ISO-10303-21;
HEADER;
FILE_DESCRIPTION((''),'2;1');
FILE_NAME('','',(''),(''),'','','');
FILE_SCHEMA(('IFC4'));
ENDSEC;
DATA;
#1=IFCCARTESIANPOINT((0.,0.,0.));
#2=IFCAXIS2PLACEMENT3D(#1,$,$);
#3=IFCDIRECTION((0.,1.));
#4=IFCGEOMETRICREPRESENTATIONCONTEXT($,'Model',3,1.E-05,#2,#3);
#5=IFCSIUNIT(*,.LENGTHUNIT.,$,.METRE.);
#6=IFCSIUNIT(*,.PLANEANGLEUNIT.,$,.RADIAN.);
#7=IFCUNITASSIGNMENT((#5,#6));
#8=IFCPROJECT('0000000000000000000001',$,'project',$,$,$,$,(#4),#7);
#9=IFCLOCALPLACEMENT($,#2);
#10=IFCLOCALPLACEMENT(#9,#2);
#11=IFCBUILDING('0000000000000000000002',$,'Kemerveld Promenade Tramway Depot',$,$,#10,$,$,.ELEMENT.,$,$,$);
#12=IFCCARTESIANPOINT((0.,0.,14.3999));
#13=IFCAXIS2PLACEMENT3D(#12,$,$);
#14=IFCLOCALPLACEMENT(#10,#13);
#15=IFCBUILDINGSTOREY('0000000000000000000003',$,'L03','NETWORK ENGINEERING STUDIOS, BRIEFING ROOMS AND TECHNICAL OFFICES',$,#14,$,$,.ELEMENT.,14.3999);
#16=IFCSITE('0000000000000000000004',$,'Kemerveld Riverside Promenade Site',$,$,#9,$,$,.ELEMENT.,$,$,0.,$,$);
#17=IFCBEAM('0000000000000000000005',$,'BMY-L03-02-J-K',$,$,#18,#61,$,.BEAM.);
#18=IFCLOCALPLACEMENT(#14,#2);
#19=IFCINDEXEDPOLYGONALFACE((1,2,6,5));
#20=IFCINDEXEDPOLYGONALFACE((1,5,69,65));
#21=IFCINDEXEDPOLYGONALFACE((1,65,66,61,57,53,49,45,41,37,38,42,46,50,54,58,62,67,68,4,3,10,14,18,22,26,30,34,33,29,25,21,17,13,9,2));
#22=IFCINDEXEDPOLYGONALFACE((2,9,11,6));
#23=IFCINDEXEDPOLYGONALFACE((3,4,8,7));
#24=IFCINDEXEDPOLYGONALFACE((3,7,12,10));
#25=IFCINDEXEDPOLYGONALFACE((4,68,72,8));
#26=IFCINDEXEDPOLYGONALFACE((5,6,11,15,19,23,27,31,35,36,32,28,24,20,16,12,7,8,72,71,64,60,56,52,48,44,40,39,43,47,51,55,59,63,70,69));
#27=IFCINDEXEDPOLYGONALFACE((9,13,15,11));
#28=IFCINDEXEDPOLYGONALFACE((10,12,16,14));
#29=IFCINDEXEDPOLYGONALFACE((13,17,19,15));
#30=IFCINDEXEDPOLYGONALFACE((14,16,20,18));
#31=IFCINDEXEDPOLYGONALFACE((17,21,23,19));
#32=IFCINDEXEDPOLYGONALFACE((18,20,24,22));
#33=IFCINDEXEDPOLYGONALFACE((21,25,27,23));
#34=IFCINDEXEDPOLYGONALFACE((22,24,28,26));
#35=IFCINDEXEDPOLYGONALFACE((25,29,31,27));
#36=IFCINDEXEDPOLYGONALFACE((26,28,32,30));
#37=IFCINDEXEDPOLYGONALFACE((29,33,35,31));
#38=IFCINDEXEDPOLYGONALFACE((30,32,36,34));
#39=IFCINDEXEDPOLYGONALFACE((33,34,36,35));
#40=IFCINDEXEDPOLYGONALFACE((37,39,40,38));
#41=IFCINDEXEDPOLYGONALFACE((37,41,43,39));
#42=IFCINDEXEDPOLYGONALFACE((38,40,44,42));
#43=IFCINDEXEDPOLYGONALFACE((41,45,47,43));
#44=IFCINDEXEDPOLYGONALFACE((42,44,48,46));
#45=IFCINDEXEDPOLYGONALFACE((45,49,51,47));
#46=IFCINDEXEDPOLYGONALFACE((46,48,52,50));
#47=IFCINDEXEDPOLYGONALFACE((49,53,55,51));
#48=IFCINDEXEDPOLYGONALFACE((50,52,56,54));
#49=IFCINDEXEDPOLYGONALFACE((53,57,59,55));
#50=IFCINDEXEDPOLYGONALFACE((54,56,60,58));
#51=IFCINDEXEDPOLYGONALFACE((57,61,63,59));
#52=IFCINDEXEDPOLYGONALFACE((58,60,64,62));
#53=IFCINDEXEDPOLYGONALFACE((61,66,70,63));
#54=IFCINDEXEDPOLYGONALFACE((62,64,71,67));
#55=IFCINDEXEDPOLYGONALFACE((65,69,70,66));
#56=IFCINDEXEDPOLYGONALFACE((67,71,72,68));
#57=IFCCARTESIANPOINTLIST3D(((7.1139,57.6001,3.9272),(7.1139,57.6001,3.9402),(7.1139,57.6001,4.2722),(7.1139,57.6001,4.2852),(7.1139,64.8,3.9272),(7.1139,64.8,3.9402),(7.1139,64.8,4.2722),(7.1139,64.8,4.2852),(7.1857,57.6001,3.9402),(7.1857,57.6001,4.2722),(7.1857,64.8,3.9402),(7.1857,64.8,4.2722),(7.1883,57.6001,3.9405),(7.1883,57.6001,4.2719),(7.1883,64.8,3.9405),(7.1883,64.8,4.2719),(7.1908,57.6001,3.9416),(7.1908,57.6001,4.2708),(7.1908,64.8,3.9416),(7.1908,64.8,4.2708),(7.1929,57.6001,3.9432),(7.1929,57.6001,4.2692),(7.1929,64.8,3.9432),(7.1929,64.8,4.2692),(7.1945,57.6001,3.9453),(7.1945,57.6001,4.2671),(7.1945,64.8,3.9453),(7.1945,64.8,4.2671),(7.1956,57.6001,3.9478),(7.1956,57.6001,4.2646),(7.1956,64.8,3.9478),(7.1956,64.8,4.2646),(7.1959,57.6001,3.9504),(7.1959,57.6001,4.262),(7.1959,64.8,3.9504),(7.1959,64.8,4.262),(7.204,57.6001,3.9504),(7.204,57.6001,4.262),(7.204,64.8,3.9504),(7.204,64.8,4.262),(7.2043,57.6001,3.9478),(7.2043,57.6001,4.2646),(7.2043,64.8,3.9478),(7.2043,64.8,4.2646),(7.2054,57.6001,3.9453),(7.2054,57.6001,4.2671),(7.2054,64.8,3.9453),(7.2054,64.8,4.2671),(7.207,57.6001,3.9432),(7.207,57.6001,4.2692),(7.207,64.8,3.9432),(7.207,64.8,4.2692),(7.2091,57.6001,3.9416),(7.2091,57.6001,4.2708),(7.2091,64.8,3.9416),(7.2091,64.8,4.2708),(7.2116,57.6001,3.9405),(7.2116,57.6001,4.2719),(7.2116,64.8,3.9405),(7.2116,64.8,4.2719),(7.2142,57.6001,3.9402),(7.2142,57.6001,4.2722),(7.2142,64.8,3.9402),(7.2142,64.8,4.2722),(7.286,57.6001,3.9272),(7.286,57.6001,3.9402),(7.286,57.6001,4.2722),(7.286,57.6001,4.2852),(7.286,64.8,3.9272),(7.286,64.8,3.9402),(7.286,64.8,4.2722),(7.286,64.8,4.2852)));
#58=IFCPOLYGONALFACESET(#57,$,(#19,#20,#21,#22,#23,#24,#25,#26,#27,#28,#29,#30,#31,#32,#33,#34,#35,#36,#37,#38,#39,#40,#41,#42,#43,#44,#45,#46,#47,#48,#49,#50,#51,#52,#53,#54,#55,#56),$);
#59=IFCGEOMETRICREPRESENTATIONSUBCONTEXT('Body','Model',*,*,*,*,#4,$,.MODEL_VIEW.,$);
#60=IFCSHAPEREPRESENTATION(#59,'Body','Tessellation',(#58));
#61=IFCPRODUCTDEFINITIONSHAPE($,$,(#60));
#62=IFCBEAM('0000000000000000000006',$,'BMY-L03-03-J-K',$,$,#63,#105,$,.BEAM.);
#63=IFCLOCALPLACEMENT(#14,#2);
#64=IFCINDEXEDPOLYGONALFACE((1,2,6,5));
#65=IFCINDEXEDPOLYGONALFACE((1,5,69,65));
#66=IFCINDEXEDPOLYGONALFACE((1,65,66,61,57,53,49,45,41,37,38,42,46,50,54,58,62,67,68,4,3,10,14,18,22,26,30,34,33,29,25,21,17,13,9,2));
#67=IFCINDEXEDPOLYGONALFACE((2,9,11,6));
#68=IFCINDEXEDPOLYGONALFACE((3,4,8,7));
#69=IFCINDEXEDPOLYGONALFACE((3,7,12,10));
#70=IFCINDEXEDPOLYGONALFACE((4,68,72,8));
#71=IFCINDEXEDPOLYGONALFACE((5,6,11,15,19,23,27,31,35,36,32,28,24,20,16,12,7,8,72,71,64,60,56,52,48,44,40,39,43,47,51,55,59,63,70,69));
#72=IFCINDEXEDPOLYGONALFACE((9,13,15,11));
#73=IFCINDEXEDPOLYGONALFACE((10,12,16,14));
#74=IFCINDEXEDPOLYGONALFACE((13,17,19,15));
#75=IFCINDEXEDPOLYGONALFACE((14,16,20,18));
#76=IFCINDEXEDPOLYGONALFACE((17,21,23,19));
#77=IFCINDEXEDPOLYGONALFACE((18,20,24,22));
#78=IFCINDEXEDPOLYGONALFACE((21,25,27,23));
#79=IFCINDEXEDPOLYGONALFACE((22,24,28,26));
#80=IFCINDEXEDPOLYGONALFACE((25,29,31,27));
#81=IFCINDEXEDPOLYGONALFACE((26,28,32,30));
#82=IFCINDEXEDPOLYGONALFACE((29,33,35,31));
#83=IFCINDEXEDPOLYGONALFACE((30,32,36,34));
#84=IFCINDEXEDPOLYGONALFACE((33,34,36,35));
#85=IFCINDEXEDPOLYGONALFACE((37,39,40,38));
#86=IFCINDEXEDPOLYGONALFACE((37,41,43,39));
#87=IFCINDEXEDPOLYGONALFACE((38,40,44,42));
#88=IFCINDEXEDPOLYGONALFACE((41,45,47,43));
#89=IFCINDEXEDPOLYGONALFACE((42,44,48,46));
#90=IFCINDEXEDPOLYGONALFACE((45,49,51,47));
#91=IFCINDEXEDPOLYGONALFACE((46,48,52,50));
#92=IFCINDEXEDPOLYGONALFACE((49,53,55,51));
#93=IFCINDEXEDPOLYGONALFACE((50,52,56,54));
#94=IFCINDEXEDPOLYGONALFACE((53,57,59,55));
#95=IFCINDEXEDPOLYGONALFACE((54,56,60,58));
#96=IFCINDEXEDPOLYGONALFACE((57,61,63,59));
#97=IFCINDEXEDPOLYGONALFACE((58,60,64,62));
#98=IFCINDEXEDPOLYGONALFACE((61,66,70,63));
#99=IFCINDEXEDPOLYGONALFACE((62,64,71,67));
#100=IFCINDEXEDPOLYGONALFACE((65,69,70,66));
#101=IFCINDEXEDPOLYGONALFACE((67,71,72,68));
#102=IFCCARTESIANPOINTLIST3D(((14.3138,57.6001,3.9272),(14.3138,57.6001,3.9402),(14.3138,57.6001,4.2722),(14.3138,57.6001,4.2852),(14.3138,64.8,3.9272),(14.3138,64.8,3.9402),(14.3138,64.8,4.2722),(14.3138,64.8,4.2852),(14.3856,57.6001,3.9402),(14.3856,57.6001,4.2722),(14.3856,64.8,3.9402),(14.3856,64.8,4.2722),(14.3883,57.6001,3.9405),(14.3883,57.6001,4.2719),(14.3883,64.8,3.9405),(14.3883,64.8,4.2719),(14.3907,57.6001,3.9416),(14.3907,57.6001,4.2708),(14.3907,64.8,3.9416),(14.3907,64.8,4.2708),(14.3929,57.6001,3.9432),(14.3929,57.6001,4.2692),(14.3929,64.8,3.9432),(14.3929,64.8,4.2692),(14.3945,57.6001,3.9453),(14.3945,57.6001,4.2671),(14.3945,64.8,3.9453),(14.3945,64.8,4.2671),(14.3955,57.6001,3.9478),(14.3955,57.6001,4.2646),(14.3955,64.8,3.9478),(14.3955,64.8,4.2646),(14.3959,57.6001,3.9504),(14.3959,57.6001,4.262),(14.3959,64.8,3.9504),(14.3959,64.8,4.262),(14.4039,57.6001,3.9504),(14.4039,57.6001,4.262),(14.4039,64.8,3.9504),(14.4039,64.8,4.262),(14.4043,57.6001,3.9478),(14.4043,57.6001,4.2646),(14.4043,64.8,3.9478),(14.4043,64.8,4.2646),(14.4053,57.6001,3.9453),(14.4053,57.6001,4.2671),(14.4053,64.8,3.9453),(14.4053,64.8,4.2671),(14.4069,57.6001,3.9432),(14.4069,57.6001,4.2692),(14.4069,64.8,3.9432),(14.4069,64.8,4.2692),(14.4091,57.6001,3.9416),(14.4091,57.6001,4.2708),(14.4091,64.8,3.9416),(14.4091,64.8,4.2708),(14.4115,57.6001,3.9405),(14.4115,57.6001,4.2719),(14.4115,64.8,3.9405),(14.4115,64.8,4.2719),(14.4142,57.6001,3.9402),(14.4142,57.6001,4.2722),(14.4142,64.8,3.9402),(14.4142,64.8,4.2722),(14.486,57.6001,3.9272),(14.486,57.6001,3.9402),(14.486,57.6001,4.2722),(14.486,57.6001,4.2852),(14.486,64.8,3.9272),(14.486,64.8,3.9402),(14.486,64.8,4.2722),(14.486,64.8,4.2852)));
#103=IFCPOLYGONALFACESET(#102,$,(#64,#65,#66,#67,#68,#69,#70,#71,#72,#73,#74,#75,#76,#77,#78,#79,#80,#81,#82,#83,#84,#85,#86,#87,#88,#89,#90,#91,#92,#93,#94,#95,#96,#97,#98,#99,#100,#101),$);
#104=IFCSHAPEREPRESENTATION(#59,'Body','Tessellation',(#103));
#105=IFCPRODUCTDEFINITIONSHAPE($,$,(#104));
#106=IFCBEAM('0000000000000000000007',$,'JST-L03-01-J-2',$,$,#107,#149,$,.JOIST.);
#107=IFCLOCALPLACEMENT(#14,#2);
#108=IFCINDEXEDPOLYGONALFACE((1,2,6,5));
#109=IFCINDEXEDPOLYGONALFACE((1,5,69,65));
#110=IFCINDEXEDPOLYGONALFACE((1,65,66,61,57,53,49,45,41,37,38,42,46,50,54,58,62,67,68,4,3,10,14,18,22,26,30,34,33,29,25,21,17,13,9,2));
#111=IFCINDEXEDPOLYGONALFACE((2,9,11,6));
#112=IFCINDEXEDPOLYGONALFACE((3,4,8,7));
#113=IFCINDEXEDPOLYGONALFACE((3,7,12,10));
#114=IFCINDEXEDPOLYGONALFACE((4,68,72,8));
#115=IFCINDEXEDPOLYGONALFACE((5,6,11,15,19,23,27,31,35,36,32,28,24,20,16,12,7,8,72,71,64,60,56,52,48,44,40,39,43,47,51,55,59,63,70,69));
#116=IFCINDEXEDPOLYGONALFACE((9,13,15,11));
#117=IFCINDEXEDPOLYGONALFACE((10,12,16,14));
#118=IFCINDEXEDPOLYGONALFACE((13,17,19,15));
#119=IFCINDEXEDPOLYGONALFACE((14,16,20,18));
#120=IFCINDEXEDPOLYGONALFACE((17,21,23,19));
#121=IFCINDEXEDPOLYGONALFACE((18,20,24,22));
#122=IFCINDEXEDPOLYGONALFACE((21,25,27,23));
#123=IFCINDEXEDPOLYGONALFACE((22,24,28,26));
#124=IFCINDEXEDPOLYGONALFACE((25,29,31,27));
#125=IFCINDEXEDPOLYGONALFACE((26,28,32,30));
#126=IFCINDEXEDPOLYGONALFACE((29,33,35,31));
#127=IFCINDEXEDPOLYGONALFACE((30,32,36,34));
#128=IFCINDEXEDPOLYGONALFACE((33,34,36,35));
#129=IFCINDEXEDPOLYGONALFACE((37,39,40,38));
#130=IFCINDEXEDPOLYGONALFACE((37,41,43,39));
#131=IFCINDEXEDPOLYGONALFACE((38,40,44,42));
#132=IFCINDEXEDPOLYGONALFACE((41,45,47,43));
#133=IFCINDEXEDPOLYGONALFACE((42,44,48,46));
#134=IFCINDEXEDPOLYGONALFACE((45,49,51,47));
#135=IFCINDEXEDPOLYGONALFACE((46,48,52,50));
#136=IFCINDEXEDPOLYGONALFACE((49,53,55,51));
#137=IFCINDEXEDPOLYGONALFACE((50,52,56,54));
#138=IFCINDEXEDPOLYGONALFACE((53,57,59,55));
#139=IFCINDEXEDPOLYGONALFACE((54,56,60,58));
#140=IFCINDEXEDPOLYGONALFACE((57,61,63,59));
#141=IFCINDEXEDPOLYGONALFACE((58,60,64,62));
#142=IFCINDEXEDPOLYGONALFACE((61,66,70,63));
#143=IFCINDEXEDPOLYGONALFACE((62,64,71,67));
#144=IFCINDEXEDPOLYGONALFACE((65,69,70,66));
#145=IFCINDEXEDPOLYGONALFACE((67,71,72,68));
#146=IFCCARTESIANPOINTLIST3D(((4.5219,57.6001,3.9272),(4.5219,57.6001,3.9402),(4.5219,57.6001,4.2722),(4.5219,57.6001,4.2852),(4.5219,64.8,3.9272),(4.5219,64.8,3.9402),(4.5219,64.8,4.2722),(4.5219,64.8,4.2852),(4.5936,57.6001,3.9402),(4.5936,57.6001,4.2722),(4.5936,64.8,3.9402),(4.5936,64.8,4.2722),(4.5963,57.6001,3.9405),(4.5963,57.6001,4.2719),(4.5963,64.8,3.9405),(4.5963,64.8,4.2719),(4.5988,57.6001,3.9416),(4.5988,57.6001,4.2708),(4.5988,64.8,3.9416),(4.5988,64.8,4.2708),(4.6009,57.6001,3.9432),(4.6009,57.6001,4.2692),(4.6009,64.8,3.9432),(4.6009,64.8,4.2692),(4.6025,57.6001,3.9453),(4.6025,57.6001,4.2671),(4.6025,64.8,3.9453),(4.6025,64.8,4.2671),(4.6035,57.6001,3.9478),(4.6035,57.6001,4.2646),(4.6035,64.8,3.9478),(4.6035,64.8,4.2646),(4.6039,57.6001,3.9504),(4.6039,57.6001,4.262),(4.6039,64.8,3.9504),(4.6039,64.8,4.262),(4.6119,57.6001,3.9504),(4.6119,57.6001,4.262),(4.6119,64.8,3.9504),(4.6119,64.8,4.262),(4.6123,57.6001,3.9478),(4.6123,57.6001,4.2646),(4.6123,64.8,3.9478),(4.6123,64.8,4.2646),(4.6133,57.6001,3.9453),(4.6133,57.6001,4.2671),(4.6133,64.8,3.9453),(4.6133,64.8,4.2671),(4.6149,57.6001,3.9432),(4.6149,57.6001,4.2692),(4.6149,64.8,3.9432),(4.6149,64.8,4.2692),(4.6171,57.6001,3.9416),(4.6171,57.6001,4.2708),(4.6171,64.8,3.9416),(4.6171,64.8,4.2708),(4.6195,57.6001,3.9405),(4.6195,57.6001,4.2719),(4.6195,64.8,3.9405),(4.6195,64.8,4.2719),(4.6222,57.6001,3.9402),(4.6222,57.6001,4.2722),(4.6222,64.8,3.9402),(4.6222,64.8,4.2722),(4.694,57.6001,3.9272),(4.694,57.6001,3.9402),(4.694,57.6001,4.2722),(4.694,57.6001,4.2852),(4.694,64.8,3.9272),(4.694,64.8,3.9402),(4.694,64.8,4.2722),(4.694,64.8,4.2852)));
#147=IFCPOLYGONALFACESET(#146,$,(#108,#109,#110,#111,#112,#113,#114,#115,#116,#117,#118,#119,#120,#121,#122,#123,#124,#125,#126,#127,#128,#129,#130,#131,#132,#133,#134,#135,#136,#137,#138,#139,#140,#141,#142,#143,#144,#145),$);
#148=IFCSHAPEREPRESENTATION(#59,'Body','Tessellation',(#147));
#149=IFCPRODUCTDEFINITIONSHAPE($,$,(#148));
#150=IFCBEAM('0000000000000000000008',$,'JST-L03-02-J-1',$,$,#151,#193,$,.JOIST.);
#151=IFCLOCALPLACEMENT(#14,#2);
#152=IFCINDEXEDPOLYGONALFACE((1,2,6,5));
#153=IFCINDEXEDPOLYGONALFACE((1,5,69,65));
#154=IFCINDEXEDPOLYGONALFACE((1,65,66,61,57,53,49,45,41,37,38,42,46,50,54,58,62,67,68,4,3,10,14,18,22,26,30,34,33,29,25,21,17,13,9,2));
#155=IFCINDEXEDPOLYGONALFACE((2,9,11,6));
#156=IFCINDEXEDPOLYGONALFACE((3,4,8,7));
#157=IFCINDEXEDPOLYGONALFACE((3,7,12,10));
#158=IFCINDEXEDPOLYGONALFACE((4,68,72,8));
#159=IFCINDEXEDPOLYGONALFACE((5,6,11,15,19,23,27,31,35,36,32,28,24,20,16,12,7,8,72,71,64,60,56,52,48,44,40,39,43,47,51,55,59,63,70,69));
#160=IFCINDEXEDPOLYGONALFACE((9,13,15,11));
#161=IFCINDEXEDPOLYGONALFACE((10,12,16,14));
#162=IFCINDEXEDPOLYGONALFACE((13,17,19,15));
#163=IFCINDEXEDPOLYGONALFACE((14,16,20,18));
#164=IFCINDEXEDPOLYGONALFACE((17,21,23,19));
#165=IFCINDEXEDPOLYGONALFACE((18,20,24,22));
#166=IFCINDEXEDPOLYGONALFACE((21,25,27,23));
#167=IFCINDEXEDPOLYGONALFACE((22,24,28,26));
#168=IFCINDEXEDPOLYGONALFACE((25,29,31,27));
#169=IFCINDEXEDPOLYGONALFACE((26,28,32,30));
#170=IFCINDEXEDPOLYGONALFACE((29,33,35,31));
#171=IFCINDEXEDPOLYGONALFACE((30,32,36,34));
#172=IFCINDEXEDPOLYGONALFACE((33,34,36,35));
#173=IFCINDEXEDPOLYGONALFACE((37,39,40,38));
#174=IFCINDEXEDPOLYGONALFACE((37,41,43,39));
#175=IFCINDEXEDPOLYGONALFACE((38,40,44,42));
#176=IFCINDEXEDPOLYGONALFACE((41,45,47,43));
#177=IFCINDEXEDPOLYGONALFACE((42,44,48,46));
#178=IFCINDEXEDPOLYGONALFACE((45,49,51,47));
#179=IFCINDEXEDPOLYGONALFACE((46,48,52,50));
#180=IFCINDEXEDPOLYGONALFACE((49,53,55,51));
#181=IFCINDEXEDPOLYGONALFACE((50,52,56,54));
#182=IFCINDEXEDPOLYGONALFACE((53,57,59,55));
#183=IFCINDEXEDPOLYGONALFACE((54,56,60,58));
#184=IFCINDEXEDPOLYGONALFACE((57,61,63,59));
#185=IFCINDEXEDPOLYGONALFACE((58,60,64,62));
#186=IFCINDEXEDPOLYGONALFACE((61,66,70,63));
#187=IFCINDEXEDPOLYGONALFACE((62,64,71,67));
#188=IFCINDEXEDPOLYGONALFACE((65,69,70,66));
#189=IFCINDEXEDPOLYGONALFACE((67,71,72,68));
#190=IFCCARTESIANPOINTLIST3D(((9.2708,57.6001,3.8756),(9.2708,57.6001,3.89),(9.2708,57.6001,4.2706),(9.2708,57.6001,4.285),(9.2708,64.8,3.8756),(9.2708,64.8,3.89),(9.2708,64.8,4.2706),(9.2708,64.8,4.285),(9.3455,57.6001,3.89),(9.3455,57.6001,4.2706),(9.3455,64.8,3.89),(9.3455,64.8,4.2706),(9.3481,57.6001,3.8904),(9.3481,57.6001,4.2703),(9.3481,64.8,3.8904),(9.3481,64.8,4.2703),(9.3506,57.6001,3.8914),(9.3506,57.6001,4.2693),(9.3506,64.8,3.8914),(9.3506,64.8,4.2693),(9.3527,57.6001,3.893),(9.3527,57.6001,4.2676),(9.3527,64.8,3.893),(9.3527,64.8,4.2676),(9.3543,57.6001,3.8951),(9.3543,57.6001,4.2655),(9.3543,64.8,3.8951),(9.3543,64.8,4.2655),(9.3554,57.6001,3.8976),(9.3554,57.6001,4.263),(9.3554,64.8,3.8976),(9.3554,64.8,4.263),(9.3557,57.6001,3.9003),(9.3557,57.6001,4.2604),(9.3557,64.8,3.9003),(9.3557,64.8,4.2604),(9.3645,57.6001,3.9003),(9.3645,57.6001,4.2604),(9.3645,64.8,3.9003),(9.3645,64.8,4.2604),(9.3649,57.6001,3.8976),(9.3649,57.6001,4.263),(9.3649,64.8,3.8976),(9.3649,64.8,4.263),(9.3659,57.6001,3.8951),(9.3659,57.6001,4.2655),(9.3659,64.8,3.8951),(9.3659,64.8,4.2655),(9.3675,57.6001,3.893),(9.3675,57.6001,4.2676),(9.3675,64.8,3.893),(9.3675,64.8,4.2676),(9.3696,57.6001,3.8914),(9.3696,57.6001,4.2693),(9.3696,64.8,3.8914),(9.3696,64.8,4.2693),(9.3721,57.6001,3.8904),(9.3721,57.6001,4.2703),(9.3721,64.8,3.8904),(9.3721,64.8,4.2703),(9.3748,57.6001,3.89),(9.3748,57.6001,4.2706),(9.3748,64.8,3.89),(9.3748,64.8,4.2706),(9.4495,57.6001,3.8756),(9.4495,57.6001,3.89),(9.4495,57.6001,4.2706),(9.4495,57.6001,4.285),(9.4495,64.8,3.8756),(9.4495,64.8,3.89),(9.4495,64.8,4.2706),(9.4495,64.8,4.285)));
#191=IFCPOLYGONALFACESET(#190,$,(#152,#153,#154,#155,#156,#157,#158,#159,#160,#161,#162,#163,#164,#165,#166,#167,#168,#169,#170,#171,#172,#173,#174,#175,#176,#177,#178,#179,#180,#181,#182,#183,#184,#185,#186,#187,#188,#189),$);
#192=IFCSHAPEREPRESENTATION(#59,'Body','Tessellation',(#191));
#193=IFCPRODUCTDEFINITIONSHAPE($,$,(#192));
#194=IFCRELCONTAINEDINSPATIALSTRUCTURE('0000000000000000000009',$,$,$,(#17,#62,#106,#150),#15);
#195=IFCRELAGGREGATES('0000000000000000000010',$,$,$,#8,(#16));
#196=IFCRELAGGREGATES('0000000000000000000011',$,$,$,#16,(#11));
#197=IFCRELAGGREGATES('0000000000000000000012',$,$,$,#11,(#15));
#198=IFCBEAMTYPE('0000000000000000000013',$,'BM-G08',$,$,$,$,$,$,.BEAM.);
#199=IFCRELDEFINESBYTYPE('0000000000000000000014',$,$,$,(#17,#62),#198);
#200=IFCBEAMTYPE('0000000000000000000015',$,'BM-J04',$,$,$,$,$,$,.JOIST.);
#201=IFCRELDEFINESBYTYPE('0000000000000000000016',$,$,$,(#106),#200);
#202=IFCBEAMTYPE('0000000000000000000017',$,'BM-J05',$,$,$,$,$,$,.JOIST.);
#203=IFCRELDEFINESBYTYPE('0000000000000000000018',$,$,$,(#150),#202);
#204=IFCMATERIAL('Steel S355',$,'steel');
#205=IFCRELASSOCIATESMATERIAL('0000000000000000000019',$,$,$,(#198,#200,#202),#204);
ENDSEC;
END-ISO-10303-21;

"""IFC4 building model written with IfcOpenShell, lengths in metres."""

from ifc_helpers import new_model, si_unit, direction, frame, origin, origin_2d, place, context, subcontext, project, spatial, i_section, extrude, material, material_profile, profile_set, type_object, element, save


model = new_model("IFC4")

# Units and contexts
model_context = context("Model", 3, precision=1e-05, world=origin(), true_north=direction((0.0, 1.0)))
body_context = subcontext(model_context, "Body", "Model", "MODEL_VIEW")
ifc_project = project(units=[si_unit("LENGTHUNIT", "METRE"), si_unit("PLANEANGLEUNIT", "RADIAN")], contexts=[model_context])

# Site, building, storey
site_placement = place(None, origin())
site = spatial("IfcSite", under=ifc_project, at=site_placement, Name="Kemerveld Riverside Promenade Site", CompositionType="ELEMENT", RefElevation=0.0)
building_placement = place(site_placement, origin())
building = spatial("IfcBuilding", under=site, at=building_placement, Name="Kemerveld Promenade Tramway Depot", CompositionType="ELEMENT")
storey_placement = place(building_placement, frame((0.0, 0.0, 14.3999)))
storey = spatial("IfcBuildingStorey", under=building, at=storey_placement, Name="L03", Description="NETWORK ENGINEERING STUDIOS, BRIEFING ROOMS AND TECHNICAL OFFICES", CompositionType="ELEMENT", Elevation=14.3999)

# Shared definitions
ifc_material_1 = material(Name="Steel S355", Category="steel")

# Beams
ifc_material_profile_1 = material_profile(ifc_material_1, i_section(OverallWidth=0.1721, OverallDepth=0.3579, WebThickness=0.0081, FlangeThickness=0.0129, FilletRadius=0.0103, at=origin_2d()), Name="356x171x57 UB")
ifc_profile_set_1 = profile_set([ifc_material_profile_1], Name="Steel S355")
beam_type_1 = type_object("IfcBeamType", Name="BM-G08", PredefinedType="BEAM", material=ifc_profile_set_1)
for number, where, z_axis, x_axis, name in (
    (1, (7.2, 57.6001, 4.1062), (0.0, 1.0, 0.0), (-1.0, 0.0, 0.0), "BMY-L03-02-J-K"),
    (2, (14.3999, 57.6001, 4.1062), (0.0, 1.0, 0.0), (-1.0, 0.0, 0.0), "BMY-L03-03-J-K"),
):
    element("IfcBeam", number, at=place(storey_placement, frame(where, z_axis=z_axis, x_axis=x_axis)), inside=storey, type_object=beam_type_1, Name=name, PredefinedType="BEAM", context=body_context, shape_type="SweptSolid", body=[
        extrude(i_section(OverallWidth=0.1721, OverallDepth=0.3579, WebThickness=0.0081, FlangeThickness=0.0129, FilletRadius=0.0103, at=origin_2d()), origin(), (0.0, 0.0, 1.0), 7.2),
    ])
ifc_material_profile_2 = material_profile(ifc_material_1, i_section(OverallWidth=0.1721, OverallDepth=0.3579, WebThickness=0.0081, FlangeThickness=0.0129, FilletRadius=0.0103, at=origin_2d()), Name="356x171x57 UB")
ifc_profile_set_2 = profile_set([ifc_material_profile_2], Name="Steel S355")
beam_type_2 = type_object("IfcBeamType", Name="BM-J04", PredefinedType="JOIST", material=ifc_profile_set_2)
beam_1_placement = place(storey_placement, frame((4.6079, 57.6001, 4.1062), z_axis=(0.0, 1.0, 0.0), x_axis=(-1.0, 0.0, 0.0)))
element("IfcBeam", 3, at=beam_1_placement, inside=storey, type_object=beam_type_2, Name="JST-L03-01-J-2", PredefinedType="JOIST", context=body_context, shape_type="SweptSolid", body=[
    extrude(i_section(OverallWidth=0.1721, OverallDepth=0.3579, WebThickness=0.0081, FlangeThickness=0.0129, FilletRadius=0.0103, at=origin_2d()), origin(), (0.0, 0.0, 1.0), 7.2),
])
ifc_material_profile_3 = material_profile(ifc_material_1, i_section(OverallWidth=0.1787, OverallDepth=0.4094, WebThickness=0.0088, FlangeThickness=0.0144, FilletRadius=0.0103, at=origin_2d()), Name="406x178x67 UB")
ifc_profile_set_3 = profile_set([ifc_material_profile_3], Name="Steel S355")
beam_type_3 = type_object("IfcBeamType", Name="BM-J05", PredefinedType="JOIST", material=ifc_profile_set_3)
for number, where, z_axis, x_axis, name in (
    (4, (9.3601, 57.6001, 4.0803), (0.0, 1.0, 0.0), (-1.0, 0.0, 0.0), "JST-L03-02-J-1"),
):
    element("IfcBeam", number, at=place(storey_placement, frame(where, z_axis=z_axis, x_axis=x_axis)), inside=storey, type_object=beam_type_3, Name=name, PredefinedType="JOIST", context=body_context, shape_type="SweptSolid", body=[
        extrude(i_section(OverallWidth=0.1787, OverallDepth=0.4094, WebThickness=0.0088, FlangeThickness=0.0144, FilletRadius=0.0103, at=origin_2d()), origin(), (0.0, 0.0, 1.0), 7.2),
    ])

save(model, "model.ifc")
